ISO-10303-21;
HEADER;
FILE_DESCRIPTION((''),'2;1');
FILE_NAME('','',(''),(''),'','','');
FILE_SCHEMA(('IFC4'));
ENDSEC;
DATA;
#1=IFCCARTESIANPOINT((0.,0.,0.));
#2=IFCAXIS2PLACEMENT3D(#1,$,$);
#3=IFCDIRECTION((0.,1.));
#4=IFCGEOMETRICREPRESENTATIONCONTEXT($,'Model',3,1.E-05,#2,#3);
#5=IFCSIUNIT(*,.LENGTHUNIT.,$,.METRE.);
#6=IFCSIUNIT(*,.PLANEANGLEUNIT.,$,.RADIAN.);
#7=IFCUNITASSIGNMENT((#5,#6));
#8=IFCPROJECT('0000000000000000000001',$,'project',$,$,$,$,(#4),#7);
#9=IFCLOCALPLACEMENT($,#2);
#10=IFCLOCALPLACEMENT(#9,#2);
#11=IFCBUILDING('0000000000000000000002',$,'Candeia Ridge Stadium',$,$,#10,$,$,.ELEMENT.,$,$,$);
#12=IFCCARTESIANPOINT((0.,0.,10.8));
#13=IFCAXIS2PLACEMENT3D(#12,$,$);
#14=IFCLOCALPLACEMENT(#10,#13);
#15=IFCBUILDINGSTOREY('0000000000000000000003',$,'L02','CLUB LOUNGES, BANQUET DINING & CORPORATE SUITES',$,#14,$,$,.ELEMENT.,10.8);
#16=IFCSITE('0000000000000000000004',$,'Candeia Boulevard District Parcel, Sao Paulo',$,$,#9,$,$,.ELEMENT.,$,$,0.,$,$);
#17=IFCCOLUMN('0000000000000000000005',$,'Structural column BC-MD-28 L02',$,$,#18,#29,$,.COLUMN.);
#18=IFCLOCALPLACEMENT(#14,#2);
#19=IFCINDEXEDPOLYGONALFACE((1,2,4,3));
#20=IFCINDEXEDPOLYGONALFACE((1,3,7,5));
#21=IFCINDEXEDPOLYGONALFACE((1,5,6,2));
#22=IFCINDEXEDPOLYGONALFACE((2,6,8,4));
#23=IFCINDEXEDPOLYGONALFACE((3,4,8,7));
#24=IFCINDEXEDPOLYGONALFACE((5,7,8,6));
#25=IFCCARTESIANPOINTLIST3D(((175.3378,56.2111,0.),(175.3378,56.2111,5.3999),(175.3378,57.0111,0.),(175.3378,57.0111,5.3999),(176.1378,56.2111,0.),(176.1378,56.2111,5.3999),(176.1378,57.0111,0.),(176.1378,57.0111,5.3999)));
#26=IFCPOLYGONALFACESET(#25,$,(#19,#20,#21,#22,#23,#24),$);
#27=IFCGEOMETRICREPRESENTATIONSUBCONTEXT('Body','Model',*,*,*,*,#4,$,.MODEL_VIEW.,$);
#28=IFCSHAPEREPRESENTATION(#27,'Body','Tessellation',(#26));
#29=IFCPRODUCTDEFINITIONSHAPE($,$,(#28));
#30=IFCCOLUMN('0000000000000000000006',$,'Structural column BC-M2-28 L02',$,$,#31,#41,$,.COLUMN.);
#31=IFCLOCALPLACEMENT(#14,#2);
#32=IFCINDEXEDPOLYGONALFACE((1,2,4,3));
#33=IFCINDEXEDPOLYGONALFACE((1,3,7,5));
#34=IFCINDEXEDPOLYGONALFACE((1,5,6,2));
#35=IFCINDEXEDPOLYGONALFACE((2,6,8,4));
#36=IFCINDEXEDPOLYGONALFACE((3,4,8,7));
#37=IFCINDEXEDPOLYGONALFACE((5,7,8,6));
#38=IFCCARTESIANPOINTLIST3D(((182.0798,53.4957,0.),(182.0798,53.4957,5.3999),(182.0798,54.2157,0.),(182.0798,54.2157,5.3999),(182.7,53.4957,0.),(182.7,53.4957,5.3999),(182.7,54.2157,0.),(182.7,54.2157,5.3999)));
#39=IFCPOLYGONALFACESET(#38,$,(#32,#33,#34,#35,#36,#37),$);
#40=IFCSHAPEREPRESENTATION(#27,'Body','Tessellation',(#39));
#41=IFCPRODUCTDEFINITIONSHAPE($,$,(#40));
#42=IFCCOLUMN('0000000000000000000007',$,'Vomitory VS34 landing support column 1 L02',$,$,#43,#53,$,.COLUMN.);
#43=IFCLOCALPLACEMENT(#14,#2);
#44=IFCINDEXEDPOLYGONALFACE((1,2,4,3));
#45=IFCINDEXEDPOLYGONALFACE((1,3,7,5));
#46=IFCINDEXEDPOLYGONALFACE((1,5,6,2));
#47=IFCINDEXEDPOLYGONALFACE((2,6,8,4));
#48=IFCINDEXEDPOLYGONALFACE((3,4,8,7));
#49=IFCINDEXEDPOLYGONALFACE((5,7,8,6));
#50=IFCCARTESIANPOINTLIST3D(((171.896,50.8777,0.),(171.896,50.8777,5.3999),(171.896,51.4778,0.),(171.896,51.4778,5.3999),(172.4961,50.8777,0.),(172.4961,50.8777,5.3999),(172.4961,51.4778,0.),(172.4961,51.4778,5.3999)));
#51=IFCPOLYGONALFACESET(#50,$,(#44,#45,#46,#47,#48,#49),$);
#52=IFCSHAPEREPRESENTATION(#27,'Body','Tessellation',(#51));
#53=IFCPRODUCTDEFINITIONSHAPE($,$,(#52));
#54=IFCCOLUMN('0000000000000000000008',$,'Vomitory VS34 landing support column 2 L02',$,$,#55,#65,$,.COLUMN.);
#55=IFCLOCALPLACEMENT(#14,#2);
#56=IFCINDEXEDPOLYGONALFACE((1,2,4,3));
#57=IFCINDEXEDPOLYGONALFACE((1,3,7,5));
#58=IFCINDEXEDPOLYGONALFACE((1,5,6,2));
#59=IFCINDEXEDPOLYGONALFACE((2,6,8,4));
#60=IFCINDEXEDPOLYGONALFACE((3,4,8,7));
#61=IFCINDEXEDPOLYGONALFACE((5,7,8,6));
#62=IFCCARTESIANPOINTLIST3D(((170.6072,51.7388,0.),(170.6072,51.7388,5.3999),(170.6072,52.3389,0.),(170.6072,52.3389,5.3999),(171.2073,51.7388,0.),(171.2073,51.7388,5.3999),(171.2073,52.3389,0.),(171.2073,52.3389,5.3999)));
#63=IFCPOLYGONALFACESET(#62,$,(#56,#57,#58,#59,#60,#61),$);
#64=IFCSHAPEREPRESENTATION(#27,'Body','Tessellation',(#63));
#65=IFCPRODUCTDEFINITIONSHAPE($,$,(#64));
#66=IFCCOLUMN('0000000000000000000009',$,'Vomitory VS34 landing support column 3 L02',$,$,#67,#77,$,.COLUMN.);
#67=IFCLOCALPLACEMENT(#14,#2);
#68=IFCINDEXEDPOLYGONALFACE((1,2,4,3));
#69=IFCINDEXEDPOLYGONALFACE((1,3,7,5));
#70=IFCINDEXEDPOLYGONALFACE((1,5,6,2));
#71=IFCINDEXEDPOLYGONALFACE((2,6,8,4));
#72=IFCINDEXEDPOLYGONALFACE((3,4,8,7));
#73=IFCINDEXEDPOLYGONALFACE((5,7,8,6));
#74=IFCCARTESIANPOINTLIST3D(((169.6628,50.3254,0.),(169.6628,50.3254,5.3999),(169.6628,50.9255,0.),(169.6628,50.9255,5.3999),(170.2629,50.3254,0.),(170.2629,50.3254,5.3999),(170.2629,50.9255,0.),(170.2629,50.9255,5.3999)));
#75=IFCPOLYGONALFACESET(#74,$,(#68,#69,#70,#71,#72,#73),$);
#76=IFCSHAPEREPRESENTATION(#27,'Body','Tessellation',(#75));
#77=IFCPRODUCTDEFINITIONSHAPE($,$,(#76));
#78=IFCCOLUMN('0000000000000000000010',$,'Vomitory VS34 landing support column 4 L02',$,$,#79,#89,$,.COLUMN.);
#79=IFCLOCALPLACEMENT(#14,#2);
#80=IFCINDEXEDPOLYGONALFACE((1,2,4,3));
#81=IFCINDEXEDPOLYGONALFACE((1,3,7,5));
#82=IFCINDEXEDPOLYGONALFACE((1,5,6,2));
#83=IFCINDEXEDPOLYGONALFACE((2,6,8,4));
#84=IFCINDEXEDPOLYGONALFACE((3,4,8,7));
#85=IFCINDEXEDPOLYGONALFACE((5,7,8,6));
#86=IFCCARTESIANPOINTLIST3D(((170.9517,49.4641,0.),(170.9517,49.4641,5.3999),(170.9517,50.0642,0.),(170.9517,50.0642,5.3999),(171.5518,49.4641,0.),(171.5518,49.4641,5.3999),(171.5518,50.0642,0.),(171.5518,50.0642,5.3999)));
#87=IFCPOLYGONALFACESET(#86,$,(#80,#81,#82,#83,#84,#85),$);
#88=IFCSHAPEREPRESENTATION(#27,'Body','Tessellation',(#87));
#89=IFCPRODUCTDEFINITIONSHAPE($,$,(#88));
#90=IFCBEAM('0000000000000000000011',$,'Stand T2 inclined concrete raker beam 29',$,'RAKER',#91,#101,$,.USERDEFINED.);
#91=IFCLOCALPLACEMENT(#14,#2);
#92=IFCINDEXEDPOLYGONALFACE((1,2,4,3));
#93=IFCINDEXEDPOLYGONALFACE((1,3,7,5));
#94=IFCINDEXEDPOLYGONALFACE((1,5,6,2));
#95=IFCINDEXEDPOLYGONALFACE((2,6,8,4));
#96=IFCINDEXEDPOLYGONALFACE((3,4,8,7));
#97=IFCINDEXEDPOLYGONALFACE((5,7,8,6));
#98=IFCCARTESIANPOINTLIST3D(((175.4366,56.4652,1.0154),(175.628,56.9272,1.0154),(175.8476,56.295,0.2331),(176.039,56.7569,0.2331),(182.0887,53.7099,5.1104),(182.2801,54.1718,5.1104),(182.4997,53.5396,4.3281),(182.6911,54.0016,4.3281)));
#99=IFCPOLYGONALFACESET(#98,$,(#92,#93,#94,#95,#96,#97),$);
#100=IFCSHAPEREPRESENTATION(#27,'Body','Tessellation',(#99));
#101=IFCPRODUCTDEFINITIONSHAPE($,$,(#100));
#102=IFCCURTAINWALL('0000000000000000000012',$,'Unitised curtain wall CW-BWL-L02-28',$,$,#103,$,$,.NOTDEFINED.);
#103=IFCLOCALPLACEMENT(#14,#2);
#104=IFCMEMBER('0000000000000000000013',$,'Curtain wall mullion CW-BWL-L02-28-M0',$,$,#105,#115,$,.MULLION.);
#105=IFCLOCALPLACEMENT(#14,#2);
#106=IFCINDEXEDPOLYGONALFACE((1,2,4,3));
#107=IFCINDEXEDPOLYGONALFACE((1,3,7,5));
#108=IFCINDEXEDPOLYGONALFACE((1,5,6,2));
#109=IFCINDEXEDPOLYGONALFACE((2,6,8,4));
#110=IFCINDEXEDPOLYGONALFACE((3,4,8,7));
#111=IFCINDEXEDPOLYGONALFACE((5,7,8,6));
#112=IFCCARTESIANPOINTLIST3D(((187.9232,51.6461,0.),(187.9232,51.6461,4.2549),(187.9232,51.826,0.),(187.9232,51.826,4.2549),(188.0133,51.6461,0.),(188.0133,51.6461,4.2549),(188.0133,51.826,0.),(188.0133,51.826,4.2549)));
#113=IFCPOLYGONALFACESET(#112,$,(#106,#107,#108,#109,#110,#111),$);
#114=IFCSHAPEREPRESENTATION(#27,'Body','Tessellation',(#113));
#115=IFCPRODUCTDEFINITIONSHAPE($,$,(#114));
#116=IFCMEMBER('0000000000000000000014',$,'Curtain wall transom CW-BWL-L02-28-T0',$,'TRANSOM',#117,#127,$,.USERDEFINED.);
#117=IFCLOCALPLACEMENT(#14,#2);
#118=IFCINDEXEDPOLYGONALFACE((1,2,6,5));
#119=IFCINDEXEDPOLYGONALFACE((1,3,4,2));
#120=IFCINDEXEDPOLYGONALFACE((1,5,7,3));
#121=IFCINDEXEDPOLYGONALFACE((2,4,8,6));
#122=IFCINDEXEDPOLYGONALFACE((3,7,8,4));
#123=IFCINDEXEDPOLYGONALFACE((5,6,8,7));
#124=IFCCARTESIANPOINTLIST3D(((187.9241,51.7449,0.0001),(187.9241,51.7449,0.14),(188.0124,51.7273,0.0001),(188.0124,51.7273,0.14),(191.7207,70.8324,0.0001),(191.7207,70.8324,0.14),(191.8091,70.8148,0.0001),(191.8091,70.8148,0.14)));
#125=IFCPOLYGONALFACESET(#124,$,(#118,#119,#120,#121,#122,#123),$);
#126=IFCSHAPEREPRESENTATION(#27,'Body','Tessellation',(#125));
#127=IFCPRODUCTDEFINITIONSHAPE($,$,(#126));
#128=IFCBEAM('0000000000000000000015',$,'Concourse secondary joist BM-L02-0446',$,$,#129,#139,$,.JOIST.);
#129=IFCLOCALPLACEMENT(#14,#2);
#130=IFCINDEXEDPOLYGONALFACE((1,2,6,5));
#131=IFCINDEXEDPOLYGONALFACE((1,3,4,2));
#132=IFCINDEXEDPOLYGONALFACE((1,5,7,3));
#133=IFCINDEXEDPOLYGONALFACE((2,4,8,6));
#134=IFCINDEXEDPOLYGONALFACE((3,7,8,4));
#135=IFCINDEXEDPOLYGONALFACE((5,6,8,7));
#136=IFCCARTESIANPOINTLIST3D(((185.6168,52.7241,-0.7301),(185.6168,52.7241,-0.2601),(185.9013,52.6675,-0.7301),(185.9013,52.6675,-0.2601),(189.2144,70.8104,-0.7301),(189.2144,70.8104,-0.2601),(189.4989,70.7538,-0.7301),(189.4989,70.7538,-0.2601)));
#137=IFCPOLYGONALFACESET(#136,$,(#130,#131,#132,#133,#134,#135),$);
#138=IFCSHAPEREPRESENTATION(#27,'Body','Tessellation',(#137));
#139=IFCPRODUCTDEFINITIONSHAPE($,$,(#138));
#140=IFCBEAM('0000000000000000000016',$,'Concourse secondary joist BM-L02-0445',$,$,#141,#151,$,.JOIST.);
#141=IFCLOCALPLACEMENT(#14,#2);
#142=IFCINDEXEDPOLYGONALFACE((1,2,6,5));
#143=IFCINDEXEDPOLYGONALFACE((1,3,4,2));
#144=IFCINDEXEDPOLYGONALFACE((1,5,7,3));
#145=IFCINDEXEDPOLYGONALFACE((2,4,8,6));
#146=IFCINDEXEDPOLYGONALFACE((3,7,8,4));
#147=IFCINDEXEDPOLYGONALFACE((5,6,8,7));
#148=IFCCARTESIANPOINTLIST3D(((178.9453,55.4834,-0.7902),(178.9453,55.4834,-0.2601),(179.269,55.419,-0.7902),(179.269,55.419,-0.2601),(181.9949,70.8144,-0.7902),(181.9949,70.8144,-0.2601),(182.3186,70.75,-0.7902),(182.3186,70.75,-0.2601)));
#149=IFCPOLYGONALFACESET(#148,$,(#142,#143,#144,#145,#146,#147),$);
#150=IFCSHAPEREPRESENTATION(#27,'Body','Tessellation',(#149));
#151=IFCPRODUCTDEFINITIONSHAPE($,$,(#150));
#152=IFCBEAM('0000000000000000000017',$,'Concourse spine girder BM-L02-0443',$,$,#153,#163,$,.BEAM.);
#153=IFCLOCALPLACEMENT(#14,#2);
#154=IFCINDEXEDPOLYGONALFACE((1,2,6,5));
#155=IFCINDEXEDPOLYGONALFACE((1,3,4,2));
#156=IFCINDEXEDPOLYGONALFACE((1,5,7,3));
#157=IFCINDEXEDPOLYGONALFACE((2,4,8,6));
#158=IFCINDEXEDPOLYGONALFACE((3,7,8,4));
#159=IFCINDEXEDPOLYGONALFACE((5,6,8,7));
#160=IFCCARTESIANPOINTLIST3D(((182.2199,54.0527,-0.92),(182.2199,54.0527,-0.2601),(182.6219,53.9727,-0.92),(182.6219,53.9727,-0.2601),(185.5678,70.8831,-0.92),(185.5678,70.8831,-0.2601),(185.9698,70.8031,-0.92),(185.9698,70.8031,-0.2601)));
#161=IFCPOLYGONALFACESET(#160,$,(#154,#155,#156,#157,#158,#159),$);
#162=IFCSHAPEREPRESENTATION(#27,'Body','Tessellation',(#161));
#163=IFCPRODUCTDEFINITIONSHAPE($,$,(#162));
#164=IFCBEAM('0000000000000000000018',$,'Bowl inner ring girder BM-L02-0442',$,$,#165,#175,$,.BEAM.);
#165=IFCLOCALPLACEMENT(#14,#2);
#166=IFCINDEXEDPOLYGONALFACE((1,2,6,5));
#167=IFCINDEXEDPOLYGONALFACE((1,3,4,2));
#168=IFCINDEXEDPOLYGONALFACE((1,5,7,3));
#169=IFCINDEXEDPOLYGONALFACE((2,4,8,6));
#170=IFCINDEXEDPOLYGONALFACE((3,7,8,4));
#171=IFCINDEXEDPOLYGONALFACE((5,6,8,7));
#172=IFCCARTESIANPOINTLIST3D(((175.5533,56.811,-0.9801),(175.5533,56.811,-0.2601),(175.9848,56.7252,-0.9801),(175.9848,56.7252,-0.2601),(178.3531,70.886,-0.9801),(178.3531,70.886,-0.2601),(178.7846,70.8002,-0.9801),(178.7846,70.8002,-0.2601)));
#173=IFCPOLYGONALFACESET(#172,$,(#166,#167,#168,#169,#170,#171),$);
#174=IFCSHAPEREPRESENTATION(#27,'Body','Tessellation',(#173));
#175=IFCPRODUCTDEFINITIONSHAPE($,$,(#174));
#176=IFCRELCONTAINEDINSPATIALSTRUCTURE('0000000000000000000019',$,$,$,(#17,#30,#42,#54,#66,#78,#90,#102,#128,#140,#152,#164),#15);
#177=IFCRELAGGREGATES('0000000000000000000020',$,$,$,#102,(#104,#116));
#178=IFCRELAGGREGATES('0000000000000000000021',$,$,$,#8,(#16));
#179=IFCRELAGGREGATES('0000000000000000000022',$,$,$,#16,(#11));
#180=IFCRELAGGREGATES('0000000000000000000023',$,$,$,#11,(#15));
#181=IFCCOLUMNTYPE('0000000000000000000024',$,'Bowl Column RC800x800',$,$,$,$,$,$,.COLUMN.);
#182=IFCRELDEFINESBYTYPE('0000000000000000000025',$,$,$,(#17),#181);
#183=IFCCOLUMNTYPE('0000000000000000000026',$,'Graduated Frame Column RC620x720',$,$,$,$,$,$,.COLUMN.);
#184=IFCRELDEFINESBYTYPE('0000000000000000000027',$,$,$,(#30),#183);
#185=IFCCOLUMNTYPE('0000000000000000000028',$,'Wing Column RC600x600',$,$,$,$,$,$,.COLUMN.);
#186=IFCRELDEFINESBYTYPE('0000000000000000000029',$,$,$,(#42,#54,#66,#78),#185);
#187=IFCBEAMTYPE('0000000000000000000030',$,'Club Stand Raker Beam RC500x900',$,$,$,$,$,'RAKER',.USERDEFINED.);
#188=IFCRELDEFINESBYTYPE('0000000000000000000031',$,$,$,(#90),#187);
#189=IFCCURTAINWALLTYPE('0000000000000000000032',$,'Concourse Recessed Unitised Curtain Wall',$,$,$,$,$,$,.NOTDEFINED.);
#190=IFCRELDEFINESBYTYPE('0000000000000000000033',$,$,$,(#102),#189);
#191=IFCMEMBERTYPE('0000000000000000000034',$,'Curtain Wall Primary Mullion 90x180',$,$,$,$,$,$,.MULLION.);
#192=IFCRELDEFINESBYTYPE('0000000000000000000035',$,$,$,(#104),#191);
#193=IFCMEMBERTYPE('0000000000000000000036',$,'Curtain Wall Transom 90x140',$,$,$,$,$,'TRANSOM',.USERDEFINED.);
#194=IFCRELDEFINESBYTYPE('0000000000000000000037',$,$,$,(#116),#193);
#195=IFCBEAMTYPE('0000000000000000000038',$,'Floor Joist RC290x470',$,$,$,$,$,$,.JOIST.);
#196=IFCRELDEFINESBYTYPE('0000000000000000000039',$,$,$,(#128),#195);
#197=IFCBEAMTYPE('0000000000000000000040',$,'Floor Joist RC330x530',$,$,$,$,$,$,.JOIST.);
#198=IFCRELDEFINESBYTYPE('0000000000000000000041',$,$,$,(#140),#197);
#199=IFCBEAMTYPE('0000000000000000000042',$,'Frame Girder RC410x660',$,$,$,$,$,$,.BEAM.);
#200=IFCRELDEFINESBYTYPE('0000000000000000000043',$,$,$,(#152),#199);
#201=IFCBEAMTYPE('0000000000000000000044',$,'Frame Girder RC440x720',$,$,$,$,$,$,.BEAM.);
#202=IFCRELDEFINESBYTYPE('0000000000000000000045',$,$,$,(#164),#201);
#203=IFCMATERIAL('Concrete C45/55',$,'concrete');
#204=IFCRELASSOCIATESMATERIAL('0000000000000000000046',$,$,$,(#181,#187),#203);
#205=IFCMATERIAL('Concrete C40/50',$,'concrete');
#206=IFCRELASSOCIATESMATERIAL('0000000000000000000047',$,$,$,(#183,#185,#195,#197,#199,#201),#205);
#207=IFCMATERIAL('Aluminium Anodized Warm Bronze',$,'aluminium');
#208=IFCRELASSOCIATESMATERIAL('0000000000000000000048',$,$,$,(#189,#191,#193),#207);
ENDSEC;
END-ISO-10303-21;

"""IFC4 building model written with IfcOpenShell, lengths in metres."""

from ifc_helpers import new_model, si_unit, direction, frame, origin, origin_2d, place, context, subcontext, project, spatial, rectangle, extrude, material, material_profile, profile_set, type_object, element, aggregate, save


model = new_model("IFC4")

# Units and contexts
model_context = context("Model", 3, precision=1e-05, world=origin(), true_north=direction((0.0, 1.0)))
body_context = subcontext(model_context, "Body", "Model", "MODEL_VIEW")
ifc_project = project(units=[si_unit("LENGTHUNIT", "METRE"), si_unit("PLANEANGLEUNIT", "RADIAN")], contexts=[model_context])

# Site, building, storey
site_placement = place(None, origin())
site = spatial("IfcSite", under=ifc_project, at=site_placement, Name="Candeia Boulevard District Parcel, Sao Paulo", CompositionType="ELEMENT", RefElevation=0.0)
building_placement = place(site_placement, origin())
building = spatial("IfcBuilding", under=site, at=building_placement, Name="Candeia Ridge Stadium", CompositionType="ELEMENT")
storey_placement = place(building_placement, frame((0.0, 0.0, 10.8)))
storey = spatial("IfcBuildingStorey", under=building, at=storey_placement, Name="L02", Description="CLUB LOUNGES, BANQUET DINING & CORPORATE SUITES", CompositionType="ELEMENT", Elevation=10.8)

# Columns
ifc_material_1 = material(Name="Concrete C45/55", Category="concrete")
ifc_material_profile_1 = material_profile(ifc_material_1, rectangle(XDim=0.8, YDim=0.8, at=origin_2d()), Name="RC800x800", Category="concrete")
ifc_profile_set_1 = profile_set([ifc_material_profile_1], Name="Concrete C45/55")
column_type_1 = type_object("IfcColumnType", Name="Bowl Column RC800x800", PredefinedType="COLUMN", material=ifc_profile_set_1)
column_1_placement = place(storey_placement, frame((175.7378, 56.6111, 0.0), z_axis=(0.0, 0.0, 1.0), x_axis=(1.0, 0.0, 0.0)))
element("IfcColumn", 1, at=column_1_placement, inside=storey, type_object=column_type_1, Name="Structural column BC-MD-28 L02", PredefinedType="COLUMN", context=body_context, shape_type="SweptSolid", body=[
    extrude(rectangle(XDim=0.8, YDim=0.8, at=origin_2d()), origin(), (0.0, 0.0, 1.0), 5.3999),
])
ifc_material_2 = material(Name="Concrete C40/50", Category="concrete")
ifc_material_profile_2 = material_profile(ifc_material_2, rectangle(XDim=0.6201, YDim=0.72, at=origin_2d()), Name="RC620x720", Category="concrete")
ifc_profile_set_2 = profile_set([ifc_material_profile_2], Name="Concrete C40/50")
column_type_2 = type_object("IfcColumnType", Name="Graduated Frame Column RC620x720", PredefinedType="COLUMN", material=ifc_profile_set_2)
column_2_placement = place(storey_placement, frame((182.3899, 53.8557, 0.0), z_axis=(0.0, 0.0, 1.0), x_axis=(1.0, 0.0, 0.0)))
element("IfcColumn", 2, at=column_2_placement, inside=storey, type_object=column_type_2, Name="Structural column BC-M2-28 L02", PredefinedType="COLUMN", context=body_context, shape_type="SweptSolid", body=[
    extrude(rectangle(XDim=0.6201, YDim=0.72, at=origin_2d()), origin(), (0.0, 0.0, 1.0), 5.3999),
])
ifc_material_profile_3 = material_profile(ifc_material_2, rectangle(XDim=0.6001, YDim=0.6001, at=origin_2d()), Name="RC600x600", Category="concrete")
ifc_profile_set_3 = profile_set([ifc_material_profile_3], Name="Concrete C40/50")
column_type_3 = type_object("IfcColumnType", Name="Wing Column RC600x600", PredefinedType="COLUMN", material=ifc_profile_set_3)
for number, where, z_axis, x_axis, name in (
    (3, (172.196, 51.1777, 0.0), (0.0, 0.0, 1.0), (1.0, 0.0, 0.0), "Vomitory VS34 landing support column 1 L02"),
    (4, (170.9072, 52.0388, 0.0), (0.0, 0.0, 1.0), (1.0, 0.0, 0.0), "Vomitory VS34 landing support column 2 L02"),
    (5, (169.9629, 50.6255, 0.0), (0.0, 0.0, 1.0), (1.0, 0.0, 0.0), "Vomitory VS34 landing support column 3 L02"),
    (6, (171.2517, 49.7642, 0.0), (0.0, 0.0, 1.0), (1.0, 0.0, 0.0), "Vomitory VS34 landing support column 4 L02"),
):
    element("IfcColumn", number, at=place(storey_placement, frame(where, z_axis=z_axis, x_axis=x_axis)), inside=storey, type_object=column_type_3, Name=name, PredefinedType="COLUMN", context=body_context, shape_type="SweptSolid", body=[
        extrude(rectangle(XDim=0.6001, YDim=0.6001, at=origin_2d()), origin(), (0.0, 0.0, 1.0), 5.3999),
    ])

# Beam
ifc_material_profile_4 = material_profile(ifc_material_1, rectangle(XDim=0.5, YDim=0.8999, at=origin_2d()), Name="RC500x900", Category="concrete")
ifc_profile_set_4 = profile_set([ifc_material_profile_4], Name="Concrete C45/55")
beam_type_1 = type_object("IfcBeamType", Name="Club Stand Raker Beam RC500x900", ElementType="RAKER", PredefinedType="USERDEFINED", material=ifc_profile_set_4)
beam_1_placement = place(storey_placement, frame((175.7378, 56.6111, 0.6243), z_axis=(0.803084, -0.332646, 0.494371), x_axis=(0.382681, 0.92388, 0.0)))
element("IfcBeam", 7, at=beam_1_placement, inside=storey, type_object=beam_type_1, Name="Stand T2 inclined concrete raker beam 29", ObjectType="RAKER", PredefinedType="USERDEFINED", context=body_context, shape_type="SweptSolid", body=[
    extrude(rectangle(XDim=0.5, YDim=0.8999, at=origin_2d()), origin(), (0.0, 0.0, 1.0), 8.2832),
])

# Curtain wall, members
ifc_material_3 = material(Name="Aluminium Anodized Warm Bronze", Category="aluminium")
curtain_wall_type = type_object("IfcCurtainWallType", Name="Concourse Recessed Unitised Curtain Wall", PredefinedType="NOTDEFINED", material=ifc_material_3)
curtain_wall_placement = place(storey_placement, origin())
curtain_wall = element("IfcCurtainWall", 8, at=curtain_wall_placement, inside=storey, type_object=curtain_wall_type, Name="Unitised curtain wall CW-BWL-L02-28", PredefinedType="NOTDEFINED")
ifc_material_profile_5 = material_profile(ifc_material_3, rectangle(XDim=0.0901, YDim=0.1799, at=origin_2d()), Name="CWM-90x180", Category="aluminium")
ifc_profile_set_5 = profile_set([ifc_material_profile_5], Name="Aluminium Anodized Warm Bronze")
member_type_1 = type_object("IfcMemberType", Name="Curtain Wall Primary Mullion 90x180", PredefinedType="MULLION", material=ifc_profile_set_5)
member_1_placement = place(storey_placement, frame((187.9683, 51.7361, 0.0), z_axis=(0.0, 0.0, 1.0), x_axis=(1.0, 0.0, 0.0)))
member_1 = element("IfcMember", 9, at=member_1_placement, type_object=member_type_1, Name="Curtain wall mullion CW-BWL-L02-28-M0", PredefinedType="MULLION", context=body_context, shape_type="SweptSolid", body=[
    extrude(rectangle(XDim=0.0901, YDim=0.1799, at=origin_2d()), origin(), (0.0, 0.0, 1.0), 4.2549),
])
ifc_material_profile_6 = material_profile(ifc_material_3, rectangle(XDim=0.0901, YDim=0.1399, at=origin_2d()), Name="CWT-90x140", Category="aluminium")
ifc_profile_set_6 = profile_set([ifc_material_profile_6], Name="Aluminium Anodized Warm Bronze")
member_type_2 = type_object("IfcMemberType", Name="Curtain Wall Transom 90x140", ElementType="TRANSOM", PredefinedType="USERDEFINED", material=ifc_profile_set_6)
member_2_placement = place(storey_placement, frame((187.9683, 51.7361, 0.0701), z_axis=(0.195086, 0.980786, 0.0), x_axis=(-0.980786, 0.195086, 0.0)))
member_2 = element("IfcMember", 10, at=member_2_placement, type_object=member_type_2, Name="Curtain wall transom CW-BWL-L02-28-T0", ObjectType="TRANSOM", PredefinedType="USERDEFINED", context=body_context, shape_type="SweptSolid", body=[
    extrude(rectangle(XDim=0.0901, YDim=0.1399, at=origin_2d()), origin(), (0.0, 0.0, 1.0), 19.4614),
])
aggregate(curtain_wall, [member_1, member_2])

# Beams
ifc_material_profile_7 = material_profile(ifc_material_2, rectangle(XDim=0.29, YDim=0.47, at=origin_2d()), Name="RC290x470", Category="concrete")
ifc_profile_set_7 = profile_set([ifc_material_profile_7], Name="Concrete C40/50")
beam_type_2 = type_object("IfcBeamType", Name="Floor Joist RC290x470", PredefinedType="JOIST", material=ifc_profile_set_7)
beam_2_placement = place(storey_placement, frame((185.759, 52.6958, -0.4951), z_axis=(0.195093, 0.980785, 0.0), x_axis=(-0.980785, 0.195093, 0.0)))
element("IfcBeam", 11, at=beam_2_placement, inside=storey, type_object=beam_type_2, Name="Concourse secondary joist BM-L02-0446", PredefinedType="JOIST", context=body_context, shape_type="SweptSolid", body=[
    extrude(rectangle(XDim=0.29, YDim=0.47, at=origin_2d()), origin(), (0.0, 0.0, 1.0), 18.4407),
])
ifc_material_profile_8 = material_profile(ifc_material_2, rectangle(XDim=0.3301, YDim=0.53, at=origin_2d()), Name="RC330x530", Category="concrete")
ifc_profile_set_8 = profile_set([ifc_material_profile_8], Name="Concrete C40/50")
beam_type_3 = type_object("IfcBeamType", Name="Floor Joist RC330x530", PredefinedType="JOIST", material=ifc_profile_set_8)
beam_3_placement = place(storey_placement, frame((179.1072, 55.4512, -0.5251), z_axis=(0.195092, 0.980785, 0.0), x_axis=(-0.980785, 0.195092, 0.0)))
element("IfcBeam", 12, at=beam_3_placement, inside=storey, type_object=beam_type_3, Name="Concourse secondary joist BM-L02-0445", PredefinedType="JOIST", context=body_context, shape_type="SweptSolid", body=[
    extrude(rectangle(XDim=0.3301, YDim=0.53, at=origin_2d()), origin(), (0.0, 0.0, 1.0), 15.6313),
])
ifc_material_profile_9 = material_profile(ifc_material_2, rectangle(XDim=0.4099, YDim=0.6599, at=origin_2d()), Name="RC410x660", Category="concrete")
ifc_profile_set_9 = profile_set([ifc_material_profile_9], Name="Concrete C40/50")
beam_type_4 = type_object("IfcBeamType", Name="Frame Girder RC410x660", PredefinedType="BEAM", material=ifc_profile_set_9)
beam_4_placement = place(storey_placement, frame((182.4209, 54.0127, -0.5901), z_axis=(0.195098, 0.980784, 0.0), x_axis=(-0.980784, 0.195098, 0.0)))
element("IfcBeam", 13, at=beam_4_placement, inside=storey, type_object=beam_type_4, Name="Concourse spine girder BM-L02-0443", PredefinedType="BEAM", context=body_context, shape_type="SweptSolid", body=[
    extrude(rectangle(XDim=0.4099, YDim=0.6599, at=origin_2d()), origin(), (0.0, 0.0, 1.0), 17.1602),
])
ifc_material_profile_10 = material_profile(ifc_material_2, rectangle(XDim=0.4399, YDim=0.72, at=origin_2d()), Name="RC440x720", Category="concrete")
ifc_profile_set_10 = profile_set([ifc_material_profile_10], Name="Concrete C40/50")
beam_type_5 = type_object("IfcBeamType", Name="Frame Girder RC440x720", PredefinedType="BEAM", material=ifc_profile_set_10)
beam_5_placement = place(storey_placement, frame((175.769, 56.7681, -0.6201), z_axis=(0.195099, 0.980784, 0.0), x_axis=(-0.980784, 0.195099, 0.0)))
element("IfcBeam", 14, at=beam_5_placement, inside=storey, type_object=beam_type_5, Name="Bowl inner ring girder BM-L02-0442", PredefinedType="BEAM", context=body_context, shape_type="SweptSolid", body=[
    extrude(rectangle(XDim=0.4399, YDim=0.72, at=origin_2d()), origin(), (0.0, 0.0, 1.0), 14.3508),
])

save(model, "model.ifc")
